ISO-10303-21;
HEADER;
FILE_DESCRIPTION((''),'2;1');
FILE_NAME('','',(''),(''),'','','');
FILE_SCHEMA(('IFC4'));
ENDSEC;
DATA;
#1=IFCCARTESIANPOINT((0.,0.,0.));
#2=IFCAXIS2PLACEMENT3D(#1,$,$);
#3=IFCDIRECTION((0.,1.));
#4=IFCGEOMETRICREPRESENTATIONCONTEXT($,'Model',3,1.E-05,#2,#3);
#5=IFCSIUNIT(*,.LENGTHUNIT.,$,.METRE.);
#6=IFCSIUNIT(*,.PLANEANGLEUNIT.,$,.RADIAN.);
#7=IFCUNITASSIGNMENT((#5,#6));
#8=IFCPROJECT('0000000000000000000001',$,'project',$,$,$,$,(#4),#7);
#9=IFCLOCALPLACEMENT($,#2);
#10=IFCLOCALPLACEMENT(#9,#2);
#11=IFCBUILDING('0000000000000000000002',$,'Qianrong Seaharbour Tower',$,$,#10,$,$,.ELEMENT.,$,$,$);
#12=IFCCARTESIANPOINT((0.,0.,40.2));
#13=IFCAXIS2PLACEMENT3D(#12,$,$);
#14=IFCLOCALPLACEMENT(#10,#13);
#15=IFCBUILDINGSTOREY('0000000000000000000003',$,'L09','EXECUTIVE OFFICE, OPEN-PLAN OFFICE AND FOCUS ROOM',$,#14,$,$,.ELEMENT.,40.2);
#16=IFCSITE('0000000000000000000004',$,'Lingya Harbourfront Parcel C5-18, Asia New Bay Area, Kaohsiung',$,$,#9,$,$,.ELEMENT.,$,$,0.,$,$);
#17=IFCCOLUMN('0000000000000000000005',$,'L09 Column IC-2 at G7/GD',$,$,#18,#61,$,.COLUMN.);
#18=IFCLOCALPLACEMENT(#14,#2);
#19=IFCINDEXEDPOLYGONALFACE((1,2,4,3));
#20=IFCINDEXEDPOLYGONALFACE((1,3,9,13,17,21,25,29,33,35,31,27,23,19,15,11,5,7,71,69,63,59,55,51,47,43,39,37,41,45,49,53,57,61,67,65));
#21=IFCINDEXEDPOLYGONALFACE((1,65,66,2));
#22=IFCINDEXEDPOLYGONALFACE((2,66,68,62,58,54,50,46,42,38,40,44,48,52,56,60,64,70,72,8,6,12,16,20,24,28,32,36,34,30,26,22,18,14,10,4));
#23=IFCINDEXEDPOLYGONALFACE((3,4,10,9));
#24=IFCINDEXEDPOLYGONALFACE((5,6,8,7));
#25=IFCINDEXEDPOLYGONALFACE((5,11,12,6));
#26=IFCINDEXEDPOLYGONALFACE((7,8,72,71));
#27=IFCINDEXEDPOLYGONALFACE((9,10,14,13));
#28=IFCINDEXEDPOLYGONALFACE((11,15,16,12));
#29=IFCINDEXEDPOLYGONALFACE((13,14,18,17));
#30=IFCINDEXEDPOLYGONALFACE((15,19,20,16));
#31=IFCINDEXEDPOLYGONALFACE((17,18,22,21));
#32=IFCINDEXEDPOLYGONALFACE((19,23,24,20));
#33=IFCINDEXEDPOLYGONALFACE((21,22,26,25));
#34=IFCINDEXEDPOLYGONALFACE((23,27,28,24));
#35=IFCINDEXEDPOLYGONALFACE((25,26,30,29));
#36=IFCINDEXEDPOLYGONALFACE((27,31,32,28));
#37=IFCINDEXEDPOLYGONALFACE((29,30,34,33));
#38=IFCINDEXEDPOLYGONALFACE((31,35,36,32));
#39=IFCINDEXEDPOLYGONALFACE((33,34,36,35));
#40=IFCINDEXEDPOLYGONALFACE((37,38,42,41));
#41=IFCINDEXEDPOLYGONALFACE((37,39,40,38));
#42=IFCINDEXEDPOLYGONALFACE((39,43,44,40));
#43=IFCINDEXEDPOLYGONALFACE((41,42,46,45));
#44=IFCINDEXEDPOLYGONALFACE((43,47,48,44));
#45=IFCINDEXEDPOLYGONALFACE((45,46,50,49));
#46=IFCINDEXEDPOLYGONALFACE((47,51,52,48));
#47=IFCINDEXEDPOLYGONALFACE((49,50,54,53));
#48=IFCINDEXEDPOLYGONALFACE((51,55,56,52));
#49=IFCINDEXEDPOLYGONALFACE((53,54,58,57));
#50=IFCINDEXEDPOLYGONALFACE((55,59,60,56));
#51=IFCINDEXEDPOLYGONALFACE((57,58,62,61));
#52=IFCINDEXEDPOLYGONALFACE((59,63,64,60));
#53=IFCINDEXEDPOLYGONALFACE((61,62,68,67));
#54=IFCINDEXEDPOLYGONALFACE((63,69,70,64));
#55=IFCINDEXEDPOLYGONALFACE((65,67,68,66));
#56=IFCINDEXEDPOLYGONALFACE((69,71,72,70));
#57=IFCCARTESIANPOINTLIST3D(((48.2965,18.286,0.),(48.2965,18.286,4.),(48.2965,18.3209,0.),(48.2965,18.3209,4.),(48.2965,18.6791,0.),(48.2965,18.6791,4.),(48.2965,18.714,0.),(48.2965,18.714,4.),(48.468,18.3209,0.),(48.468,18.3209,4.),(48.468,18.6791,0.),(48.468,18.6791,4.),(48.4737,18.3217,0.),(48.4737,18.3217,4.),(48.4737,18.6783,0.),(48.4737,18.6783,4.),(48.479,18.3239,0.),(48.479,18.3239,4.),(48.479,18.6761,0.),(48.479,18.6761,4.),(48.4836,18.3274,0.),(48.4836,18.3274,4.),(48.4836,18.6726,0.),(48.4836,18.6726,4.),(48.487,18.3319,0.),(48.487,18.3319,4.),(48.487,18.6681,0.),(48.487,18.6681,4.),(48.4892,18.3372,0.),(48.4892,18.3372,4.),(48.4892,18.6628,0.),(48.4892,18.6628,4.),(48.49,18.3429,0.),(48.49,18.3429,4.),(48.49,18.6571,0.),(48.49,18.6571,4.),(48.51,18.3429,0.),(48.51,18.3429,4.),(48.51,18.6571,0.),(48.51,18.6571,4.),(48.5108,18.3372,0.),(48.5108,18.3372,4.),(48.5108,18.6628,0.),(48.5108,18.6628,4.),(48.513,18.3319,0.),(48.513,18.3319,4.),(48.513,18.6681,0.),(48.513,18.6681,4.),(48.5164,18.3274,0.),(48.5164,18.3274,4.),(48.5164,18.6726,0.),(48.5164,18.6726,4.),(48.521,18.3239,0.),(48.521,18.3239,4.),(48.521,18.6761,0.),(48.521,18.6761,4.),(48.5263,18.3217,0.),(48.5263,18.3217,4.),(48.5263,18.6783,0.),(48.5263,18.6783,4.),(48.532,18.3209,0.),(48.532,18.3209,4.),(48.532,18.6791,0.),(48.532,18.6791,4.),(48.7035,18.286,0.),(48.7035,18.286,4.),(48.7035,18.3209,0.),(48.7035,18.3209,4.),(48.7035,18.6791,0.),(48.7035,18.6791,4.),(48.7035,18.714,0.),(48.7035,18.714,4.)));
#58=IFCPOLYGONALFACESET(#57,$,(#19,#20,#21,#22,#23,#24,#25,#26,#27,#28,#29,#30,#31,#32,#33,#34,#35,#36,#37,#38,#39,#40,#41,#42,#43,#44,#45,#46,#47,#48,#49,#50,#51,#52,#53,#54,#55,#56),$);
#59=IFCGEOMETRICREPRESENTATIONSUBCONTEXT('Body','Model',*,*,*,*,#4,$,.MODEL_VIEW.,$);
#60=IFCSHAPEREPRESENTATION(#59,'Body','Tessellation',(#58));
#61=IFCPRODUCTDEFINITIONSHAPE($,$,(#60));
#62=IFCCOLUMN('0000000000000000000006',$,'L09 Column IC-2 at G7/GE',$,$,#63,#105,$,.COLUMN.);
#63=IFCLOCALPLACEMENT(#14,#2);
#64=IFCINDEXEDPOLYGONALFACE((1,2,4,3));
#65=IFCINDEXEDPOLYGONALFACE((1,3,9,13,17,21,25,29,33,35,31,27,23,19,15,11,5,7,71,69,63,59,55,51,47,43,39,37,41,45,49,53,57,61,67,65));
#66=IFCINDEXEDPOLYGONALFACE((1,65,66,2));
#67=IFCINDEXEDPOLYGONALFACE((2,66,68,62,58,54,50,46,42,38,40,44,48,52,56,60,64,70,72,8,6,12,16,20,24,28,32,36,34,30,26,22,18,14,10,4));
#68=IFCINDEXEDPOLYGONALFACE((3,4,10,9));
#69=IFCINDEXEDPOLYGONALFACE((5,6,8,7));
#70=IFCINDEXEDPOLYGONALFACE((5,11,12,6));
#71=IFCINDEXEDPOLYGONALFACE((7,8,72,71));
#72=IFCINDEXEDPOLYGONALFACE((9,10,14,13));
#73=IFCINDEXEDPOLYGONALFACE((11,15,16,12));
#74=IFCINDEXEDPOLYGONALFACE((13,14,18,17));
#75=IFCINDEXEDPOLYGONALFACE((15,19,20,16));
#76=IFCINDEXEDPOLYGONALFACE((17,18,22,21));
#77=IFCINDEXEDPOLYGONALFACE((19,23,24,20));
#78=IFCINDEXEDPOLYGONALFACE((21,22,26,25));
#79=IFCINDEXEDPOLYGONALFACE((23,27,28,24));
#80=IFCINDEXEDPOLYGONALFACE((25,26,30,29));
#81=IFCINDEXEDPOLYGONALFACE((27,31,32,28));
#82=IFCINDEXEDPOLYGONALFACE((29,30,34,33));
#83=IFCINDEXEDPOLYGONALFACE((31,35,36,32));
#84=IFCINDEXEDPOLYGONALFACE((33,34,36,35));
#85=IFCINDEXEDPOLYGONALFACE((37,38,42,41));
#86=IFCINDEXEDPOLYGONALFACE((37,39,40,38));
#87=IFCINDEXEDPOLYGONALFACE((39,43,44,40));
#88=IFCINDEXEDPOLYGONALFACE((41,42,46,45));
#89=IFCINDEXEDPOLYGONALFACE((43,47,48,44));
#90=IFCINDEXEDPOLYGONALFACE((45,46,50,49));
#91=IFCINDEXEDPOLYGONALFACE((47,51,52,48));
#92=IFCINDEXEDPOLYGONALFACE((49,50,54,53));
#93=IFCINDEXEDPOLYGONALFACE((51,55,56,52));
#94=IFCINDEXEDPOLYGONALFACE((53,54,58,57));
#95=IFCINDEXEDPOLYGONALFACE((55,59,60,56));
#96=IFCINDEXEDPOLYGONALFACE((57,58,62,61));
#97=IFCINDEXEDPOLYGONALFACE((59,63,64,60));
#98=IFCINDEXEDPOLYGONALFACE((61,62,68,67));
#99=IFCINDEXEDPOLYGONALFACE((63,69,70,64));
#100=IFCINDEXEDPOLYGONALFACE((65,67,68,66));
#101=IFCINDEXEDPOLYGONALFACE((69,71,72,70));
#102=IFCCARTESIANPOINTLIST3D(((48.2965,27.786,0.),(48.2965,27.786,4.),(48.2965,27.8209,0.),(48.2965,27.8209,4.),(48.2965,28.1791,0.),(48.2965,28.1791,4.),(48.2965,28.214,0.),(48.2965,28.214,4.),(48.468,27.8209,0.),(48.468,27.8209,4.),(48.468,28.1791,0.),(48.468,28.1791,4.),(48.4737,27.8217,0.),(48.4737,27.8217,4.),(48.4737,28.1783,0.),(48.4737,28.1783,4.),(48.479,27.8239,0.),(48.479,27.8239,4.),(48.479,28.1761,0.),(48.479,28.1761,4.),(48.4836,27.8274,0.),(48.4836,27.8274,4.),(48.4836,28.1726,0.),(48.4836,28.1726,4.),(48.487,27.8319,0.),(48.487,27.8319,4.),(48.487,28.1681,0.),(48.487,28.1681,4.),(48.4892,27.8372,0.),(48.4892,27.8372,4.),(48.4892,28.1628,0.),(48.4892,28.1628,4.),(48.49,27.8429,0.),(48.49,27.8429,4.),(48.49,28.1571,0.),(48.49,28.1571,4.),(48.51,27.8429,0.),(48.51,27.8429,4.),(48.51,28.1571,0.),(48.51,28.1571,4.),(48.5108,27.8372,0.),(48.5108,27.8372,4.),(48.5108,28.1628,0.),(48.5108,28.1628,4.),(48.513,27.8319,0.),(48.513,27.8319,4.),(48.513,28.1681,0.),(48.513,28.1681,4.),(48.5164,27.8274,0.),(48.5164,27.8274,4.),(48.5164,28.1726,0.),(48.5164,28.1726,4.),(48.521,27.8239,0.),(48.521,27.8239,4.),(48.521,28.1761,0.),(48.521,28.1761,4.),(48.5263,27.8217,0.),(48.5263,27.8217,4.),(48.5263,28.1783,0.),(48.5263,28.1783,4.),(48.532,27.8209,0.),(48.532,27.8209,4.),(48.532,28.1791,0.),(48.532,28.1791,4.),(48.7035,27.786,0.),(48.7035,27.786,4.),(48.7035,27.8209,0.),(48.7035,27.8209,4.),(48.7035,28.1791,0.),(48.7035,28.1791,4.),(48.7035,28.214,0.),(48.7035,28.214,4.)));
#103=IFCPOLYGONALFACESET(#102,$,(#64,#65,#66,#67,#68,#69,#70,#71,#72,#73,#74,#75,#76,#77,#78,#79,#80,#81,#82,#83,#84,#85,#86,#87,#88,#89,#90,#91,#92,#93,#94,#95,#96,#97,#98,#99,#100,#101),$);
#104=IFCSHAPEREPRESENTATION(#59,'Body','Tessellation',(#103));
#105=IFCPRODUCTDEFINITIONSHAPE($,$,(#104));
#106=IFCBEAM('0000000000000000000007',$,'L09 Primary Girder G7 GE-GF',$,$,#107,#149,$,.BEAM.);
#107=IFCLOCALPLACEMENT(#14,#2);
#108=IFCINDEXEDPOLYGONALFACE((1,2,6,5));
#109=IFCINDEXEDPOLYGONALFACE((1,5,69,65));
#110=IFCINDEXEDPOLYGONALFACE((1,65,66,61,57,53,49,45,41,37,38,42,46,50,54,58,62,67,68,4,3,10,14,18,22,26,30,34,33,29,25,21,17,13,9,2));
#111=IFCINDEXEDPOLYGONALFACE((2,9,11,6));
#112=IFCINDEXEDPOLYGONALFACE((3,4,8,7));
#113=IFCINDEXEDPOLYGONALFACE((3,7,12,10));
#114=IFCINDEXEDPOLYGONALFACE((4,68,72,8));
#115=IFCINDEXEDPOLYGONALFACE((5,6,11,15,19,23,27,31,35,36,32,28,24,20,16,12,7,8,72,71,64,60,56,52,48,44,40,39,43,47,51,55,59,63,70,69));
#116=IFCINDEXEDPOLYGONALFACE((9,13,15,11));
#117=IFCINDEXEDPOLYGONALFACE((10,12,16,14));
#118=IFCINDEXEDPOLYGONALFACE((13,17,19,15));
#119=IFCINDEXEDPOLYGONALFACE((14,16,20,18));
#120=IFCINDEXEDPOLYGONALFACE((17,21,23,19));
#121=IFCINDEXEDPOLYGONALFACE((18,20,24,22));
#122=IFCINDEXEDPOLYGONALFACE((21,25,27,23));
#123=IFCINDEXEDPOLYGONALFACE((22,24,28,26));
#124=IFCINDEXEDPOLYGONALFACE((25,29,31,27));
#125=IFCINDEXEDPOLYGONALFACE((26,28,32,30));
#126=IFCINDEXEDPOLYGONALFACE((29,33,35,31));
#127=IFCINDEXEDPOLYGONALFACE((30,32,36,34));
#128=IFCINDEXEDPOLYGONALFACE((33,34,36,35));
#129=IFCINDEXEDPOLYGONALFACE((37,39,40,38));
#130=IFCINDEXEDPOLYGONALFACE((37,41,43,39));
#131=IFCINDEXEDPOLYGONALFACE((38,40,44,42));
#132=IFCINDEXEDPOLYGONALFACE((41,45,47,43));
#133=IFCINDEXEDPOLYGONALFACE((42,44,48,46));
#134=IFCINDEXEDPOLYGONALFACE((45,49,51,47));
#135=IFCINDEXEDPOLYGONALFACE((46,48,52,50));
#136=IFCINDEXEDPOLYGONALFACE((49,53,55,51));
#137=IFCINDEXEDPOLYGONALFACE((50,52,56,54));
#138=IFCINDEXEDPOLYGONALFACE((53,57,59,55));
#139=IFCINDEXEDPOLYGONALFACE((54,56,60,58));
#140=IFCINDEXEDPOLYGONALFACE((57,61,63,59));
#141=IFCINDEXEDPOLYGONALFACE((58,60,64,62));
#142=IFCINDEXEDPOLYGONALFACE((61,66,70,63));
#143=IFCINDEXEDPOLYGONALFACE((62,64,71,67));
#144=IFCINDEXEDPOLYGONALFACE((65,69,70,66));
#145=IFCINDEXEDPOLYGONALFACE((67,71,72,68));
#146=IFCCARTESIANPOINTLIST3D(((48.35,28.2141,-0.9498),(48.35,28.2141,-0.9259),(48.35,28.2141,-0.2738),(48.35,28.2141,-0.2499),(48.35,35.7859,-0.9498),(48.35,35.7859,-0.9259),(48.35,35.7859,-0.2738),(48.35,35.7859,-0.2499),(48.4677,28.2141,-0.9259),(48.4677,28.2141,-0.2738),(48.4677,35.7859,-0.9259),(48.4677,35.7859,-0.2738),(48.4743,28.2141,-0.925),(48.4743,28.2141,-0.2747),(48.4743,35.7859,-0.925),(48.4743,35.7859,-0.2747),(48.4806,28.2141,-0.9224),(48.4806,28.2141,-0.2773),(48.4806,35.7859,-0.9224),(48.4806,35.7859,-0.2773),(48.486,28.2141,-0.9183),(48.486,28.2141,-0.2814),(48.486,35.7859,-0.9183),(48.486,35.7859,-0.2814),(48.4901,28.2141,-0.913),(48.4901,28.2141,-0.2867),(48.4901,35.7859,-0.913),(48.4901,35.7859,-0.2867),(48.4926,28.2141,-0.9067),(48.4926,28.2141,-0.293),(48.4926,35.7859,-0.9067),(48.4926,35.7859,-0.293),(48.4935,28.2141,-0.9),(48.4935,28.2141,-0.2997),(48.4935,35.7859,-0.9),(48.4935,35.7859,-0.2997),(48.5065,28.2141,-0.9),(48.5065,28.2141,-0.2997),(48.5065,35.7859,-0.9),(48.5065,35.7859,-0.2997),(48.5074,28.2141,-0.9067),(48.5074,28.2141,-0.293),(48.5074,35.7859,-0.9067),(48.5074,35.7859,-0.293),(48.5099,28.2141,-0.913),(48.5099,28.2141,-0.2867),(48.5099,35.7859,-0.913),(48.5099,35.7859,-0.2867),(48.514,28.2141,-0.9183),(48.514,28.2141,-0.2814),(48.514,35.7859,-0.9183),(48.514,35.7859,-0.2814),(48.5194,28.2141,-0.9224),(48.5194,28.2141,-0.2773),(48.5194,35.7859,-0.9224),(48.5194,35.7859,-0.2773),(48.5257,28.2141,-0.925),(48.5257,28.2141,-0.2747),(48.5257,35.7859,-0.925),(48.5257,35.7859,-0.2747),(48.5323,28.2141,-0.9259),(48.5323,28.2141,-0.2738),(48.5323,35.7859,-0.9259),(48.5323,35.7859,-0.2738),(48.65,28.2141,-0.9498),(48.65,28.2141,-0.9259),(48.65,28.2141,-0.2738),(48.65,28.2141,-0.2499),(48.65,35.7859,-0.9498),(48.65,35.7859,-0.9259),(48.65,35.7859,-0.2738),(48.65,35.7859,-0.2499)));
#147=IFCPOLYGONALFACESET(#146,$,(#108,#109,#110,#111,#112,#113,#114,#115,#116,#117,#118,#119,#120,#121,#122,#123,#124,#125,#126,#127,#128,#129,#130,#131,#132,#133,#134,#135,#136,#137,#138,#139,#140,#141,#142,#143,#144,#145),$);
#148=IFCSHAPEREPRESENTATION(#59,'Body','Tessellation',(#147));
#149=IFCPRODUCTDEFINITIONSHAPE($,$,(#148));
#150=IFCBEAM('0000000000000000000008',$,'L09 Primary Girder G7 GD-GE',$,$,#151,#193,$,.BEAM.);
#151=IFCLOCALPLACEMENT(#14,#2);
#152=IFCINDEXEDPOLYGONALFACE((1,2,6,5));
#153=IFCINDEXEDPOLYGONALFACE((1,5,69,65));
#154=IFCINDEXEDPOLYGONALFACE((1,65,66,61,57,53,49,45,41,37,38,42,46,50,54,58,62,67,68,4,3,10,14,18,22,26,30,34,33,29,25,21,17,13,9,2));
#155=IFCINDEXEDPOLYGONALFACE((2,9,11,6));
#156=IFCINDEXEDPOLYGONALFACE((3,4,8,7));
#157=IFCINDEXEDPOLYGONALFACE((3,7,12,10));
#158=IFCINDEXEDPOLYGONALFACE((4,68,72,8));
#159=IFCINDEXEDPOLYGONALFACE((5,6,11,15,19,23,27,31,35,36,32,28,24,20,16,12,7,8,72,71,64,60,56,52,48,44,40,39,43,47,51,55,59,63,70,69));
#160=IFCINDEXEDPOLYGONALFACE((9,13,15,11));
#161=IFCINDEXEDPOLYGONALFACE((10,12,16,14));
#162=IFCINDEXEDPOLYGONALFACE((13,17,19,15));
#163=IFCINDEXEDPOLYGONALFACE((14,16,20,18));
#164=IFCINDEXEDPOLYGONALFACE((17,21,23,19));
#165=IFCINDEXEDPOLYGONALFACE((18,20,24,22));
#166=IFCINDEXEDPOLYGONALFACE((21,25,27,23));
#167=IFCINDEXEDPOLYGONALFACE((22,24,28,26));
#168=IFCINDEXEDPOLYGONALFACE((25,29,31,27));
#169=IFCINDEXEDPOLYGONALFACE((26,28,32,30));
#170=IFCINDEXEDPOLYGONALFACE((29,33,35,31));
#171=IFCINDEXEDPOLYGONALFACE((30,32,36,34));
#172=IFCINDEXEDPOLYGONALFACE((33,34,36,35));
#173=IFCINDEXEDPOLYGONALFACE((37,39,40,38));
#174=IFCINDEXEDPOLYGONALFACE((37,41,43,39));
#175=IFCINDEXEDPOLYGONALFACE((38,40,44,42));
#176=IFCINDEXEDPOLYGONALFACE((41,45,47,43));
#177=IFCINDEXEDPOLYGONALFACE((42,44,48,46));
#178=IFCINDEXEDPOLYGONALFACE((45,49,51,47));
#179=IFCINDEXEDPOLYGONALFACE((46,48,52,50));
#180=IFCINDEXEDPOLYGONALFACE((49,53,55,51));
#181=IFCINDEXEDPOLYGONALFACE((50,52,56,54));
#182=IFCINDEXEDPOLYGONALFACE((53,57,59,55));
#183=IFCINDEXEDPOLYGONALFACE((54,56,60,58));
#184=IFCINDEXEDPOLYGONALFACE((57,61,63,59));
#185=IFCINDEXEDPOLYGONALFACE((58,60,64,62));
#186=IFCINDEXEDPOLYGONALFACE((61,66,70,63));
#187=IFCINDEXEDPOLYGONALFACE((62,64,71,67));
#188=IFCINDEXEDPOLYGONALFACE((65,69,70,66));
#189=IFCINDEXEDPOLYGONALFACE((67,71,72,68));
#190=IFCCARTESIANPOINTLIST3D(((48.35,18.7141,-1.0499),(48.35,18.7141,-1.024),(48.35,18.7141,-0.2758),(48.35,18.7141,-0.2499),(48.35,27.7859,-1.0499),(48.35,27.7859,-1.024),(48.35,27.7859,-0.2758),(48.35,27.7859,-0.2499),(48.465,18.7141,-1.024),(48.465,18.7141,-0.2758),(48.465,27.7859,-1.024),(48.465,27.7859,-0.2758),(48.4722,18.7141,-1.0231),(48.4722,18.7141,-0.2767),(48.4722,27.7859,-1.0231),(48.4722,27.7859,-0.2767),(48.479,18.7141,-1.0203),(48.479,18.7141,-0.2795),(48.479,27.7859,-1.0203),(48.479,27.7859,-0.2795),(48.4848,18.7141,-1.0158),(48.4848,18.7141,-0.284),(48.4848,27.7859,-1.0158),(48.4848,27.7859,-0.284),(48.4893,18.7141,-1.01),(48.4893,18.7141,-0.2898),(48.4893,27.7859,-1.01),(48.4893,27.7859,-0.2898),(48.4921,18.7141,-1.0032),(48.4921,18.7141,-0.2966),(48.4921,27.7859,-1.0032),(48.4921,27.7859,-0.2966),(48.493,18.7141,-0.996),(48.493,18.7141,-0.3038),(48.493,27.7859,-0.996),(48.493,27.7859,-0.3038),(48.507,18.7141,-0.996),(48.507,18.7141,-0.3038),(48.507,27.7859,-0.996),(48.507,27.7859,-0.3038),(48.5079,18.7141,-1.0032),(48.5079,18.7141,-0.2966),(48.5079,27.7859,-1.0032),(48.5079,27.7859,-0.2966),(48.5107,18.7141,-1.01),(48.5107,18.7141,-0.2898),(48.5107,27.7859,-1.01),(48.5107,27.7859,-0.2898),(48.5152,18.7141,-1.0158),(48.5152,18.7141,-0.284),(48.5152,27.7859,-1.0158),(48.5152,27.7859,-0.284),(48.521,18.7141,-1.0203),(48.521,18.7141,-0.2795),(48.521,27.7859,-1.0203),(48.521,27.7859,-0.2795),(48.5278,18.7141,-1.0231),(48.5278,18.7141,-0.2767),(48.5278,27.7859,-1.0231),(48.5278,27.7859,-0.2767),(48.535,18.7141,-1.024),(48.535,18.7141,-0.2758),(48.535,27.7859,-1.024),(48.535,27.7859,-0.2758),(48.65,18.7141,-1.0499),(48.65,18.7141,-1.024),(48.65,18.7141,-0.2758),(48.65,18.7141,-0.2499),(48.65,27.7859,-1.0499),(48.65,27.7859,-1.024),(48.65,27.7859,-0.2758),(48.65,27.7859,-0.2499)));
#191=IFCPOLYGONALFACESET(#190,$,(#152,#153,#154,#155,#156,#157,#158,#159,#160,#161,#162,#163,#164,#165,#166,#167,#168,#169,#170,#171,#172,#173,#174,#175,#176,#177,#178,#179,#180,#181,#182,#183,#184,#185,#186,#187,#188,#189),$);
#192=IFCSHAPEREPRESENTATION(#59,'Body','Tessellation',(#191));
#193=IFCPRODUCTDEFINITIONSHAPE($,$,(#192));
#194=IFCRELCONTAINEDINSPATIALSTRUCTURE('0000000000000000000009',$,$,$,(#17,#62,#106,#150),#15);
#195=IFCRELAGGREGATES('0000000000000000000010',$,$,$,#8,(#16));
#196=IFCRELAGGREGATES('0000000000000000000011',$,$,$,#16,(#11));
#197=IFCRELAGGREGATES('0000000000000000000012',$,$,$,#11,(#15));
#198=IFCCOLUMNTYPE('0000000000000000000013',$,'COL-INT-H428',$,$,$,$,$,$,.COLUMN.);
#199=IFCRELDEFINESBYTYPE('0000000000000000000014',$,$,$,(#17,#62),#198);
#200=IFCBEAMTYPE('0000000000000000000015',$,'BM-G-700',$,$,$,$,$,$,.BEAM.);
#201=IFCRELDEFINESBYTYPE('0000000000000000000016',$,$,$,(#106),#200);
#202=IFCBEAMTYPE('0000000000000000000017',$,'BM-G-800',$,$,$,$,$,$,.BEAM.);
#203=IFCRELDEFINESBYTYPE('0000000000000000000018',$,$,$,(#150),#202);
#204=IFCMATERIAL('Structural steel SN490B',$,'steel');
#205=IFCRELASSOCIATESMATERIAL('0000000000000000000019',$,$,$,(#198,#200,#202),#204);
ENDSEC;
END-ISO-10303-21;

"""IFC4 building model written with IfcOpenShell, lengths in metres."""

from ifc_helpers import new_model, si_unit, direction, frame, origin, origin_2d, place, context, subcontext, project, spatial, i_section, extrude, material, material_profile, profile_set, type_object, element, save


model = new_model("IFC4")

# Units and contexts
model_context = context("Model", 3, precision=1e-05, world=origin(), true_north=direction((0.0, 1.0)))
body_context = subcontext(model_context, "Body", "Model", "MODEL_VIEW")
ifc_project = project(units=[si_unit("LENGTHUNIT", "METRE"), si_unit("PLANEANGLEUNIT", "RADIAN")], contexts=[model_context])

# Site, building, storey
site_placement = place(None, origin())
site = spatial("IfcSite", under=ifc_project, at=site_placement, Name="Lingya Harbourfront Parcel C5-18, Asia New Bay Area, Kaohsiung", CompositionType="ELEMENT", RefElevation=0.0)
building_placement = place(site_placement, origin())
building = spatial("IfcBuilding", under=site, at=building_placement, Name="Qianrong Seaharbour Tower", CompositionType="ELEMENT")
storey_placement = place(building_placement, frame((0.0, 0.0, 40.2)))
storey = spatial("IfcBuildingStorey", under=building, at=storey_placement, Name="L09", Description="EXECUTIVE OFFICE, OPEN-PLAN OFFICE AND FOCUS ROOM", CompositionType="ELEMENT", Elevation=40.2)

# Columns
ifc_material_1 = material(Name="Structural steel SN490B", Category="steel")
ifc_material_profile_1 = material_profile(ifc_material_1, i_section(OverallWidth=0.407, OverallDepth=0.428, WebThickness=0.02, FlangeThickness=0.0349, FilletRadius=0.022, at=origin_2d()), Name="H428x407x20x35")
ifc_profile_set_1 = profile_set([ifc_material_profile_1], Name="Structural steel SN490B")
column_type = type_object("IfcColumnType", Name="COL-INT-H428", PredefinedType="COLUMN", material=ifc_profile_set_1)
for number, where, z_axis, x_axis, name in (
    (1, (48.5, 18.5, 0.0), (0.0, 0.0, 1.0), (1.0, 0.0, 0.0), "L09 Column IC-2 at G7/GD"),
    (2, (48.5, 28.0, 0.0), (0.0, 0.0, 1.0), (1.0, 0.0, 0.0), "L09 Column IC-2 at G7/GE"),
):
    element("IfcColumn", number, at=place(storey_placement, frame(where, z_axis=z_axis, x_axis=x_axis)), inside=storey, type_object=column_type, Name=name, PredefinedType="COLUMN", context=body_context, shape_type="SweptSolid", body=[
        extrude(i_section(OverallWidth=0.407, OverallDepth=0.428, WebThickness=0.02, FlangeThickness=0.0349, FilletRadius=0.022, at=origin_2d()), origin(), (0.0, 0.0, 1.0), 4.0),
    ])

# Beams
ifc_material_profile_2 = material_profile(ifc_material_1, i_section(OverallWidth=0.3, OverallDepth=0.7, WebThickness=0.0129, FlangeThickness=0.0239, FilletRadius=0.0259, at=origin_2d()), Name="H700x300x13x24")
ifc_profile_set_2 = profile_set([ifc_material_profile_2], Name="Structural steel SN490B")
beam_type_1 = type_object("IfcBeamType", Name="BM-G-700", PredefinedType="BEAM", material=ifc_profile_set_2)
beam_1_placement = place(storey_placement, frame((48.5, 28.2141, -0.5999), z_axis=(0.0, 1.0, 0.0), x_axis=(-1.0, 0.0, 0.0)))
element("IfcBeam", 3, at=beam_1_placement, inside=storey, type_object=beam_type_1, Name="L09 Primary Girder G7 GE-GF", PredefinedType="BEAM", context=body_context, shape_type="SweptSolid", body=[
    extrude(i_section(OverallWidth=0.3, OverallDepth=0.7, WebThickness=0.0129, FlangeThickness=0.0239, FilletRadius=0.0259, at=origin_2d()), origin(), (0.0, 0.0, 1.0), 7.5718),
])
ifc_material_profile_3 = material_profile(ifc_material_1, i_section(OverallWidth=0.3, OverallDepth=0.8, WebThickness=0.0139, FlangeThickness=0.0259, FilletRadius=0.0281, at=origin_2d()), Name="H800x300x14x26")
ifc_profile_set_3 = profile_set([ifc_material_profile_3], Name="Structural steel SN490B")
beam_type_2 = type_object("IfcBeamType", Name="BM-G-800", PredefinedType="BEAM", material=ifc_profile_set_3)
beam_2_placement = place(storey_placement, frame((48.5, 18.7141, -0.6499), z_axis=(0.0, 1.0, 0.0), x_axis=(-1.0, 0.0, 0.0)))
element("IfcBeam", 4, at=beam_2_placement, inside=storey, type_object=beam_type_2, Name="L09 Primary Girder G7 GD-GE", PredefinedType="BEAM", context=body_context, shape_type="SweptSolid", body=[
    extrude(i_section(OverallWidth=0.3, OverallDepth=0.8, WebThickness=0.0139, FlangeThickness=0.0259, FilletRadius=0.0281, at=origin_2d()), origin(), (0.0, 0.0, 1.0), 9.0718),
])

save(model, "model.ifc")
